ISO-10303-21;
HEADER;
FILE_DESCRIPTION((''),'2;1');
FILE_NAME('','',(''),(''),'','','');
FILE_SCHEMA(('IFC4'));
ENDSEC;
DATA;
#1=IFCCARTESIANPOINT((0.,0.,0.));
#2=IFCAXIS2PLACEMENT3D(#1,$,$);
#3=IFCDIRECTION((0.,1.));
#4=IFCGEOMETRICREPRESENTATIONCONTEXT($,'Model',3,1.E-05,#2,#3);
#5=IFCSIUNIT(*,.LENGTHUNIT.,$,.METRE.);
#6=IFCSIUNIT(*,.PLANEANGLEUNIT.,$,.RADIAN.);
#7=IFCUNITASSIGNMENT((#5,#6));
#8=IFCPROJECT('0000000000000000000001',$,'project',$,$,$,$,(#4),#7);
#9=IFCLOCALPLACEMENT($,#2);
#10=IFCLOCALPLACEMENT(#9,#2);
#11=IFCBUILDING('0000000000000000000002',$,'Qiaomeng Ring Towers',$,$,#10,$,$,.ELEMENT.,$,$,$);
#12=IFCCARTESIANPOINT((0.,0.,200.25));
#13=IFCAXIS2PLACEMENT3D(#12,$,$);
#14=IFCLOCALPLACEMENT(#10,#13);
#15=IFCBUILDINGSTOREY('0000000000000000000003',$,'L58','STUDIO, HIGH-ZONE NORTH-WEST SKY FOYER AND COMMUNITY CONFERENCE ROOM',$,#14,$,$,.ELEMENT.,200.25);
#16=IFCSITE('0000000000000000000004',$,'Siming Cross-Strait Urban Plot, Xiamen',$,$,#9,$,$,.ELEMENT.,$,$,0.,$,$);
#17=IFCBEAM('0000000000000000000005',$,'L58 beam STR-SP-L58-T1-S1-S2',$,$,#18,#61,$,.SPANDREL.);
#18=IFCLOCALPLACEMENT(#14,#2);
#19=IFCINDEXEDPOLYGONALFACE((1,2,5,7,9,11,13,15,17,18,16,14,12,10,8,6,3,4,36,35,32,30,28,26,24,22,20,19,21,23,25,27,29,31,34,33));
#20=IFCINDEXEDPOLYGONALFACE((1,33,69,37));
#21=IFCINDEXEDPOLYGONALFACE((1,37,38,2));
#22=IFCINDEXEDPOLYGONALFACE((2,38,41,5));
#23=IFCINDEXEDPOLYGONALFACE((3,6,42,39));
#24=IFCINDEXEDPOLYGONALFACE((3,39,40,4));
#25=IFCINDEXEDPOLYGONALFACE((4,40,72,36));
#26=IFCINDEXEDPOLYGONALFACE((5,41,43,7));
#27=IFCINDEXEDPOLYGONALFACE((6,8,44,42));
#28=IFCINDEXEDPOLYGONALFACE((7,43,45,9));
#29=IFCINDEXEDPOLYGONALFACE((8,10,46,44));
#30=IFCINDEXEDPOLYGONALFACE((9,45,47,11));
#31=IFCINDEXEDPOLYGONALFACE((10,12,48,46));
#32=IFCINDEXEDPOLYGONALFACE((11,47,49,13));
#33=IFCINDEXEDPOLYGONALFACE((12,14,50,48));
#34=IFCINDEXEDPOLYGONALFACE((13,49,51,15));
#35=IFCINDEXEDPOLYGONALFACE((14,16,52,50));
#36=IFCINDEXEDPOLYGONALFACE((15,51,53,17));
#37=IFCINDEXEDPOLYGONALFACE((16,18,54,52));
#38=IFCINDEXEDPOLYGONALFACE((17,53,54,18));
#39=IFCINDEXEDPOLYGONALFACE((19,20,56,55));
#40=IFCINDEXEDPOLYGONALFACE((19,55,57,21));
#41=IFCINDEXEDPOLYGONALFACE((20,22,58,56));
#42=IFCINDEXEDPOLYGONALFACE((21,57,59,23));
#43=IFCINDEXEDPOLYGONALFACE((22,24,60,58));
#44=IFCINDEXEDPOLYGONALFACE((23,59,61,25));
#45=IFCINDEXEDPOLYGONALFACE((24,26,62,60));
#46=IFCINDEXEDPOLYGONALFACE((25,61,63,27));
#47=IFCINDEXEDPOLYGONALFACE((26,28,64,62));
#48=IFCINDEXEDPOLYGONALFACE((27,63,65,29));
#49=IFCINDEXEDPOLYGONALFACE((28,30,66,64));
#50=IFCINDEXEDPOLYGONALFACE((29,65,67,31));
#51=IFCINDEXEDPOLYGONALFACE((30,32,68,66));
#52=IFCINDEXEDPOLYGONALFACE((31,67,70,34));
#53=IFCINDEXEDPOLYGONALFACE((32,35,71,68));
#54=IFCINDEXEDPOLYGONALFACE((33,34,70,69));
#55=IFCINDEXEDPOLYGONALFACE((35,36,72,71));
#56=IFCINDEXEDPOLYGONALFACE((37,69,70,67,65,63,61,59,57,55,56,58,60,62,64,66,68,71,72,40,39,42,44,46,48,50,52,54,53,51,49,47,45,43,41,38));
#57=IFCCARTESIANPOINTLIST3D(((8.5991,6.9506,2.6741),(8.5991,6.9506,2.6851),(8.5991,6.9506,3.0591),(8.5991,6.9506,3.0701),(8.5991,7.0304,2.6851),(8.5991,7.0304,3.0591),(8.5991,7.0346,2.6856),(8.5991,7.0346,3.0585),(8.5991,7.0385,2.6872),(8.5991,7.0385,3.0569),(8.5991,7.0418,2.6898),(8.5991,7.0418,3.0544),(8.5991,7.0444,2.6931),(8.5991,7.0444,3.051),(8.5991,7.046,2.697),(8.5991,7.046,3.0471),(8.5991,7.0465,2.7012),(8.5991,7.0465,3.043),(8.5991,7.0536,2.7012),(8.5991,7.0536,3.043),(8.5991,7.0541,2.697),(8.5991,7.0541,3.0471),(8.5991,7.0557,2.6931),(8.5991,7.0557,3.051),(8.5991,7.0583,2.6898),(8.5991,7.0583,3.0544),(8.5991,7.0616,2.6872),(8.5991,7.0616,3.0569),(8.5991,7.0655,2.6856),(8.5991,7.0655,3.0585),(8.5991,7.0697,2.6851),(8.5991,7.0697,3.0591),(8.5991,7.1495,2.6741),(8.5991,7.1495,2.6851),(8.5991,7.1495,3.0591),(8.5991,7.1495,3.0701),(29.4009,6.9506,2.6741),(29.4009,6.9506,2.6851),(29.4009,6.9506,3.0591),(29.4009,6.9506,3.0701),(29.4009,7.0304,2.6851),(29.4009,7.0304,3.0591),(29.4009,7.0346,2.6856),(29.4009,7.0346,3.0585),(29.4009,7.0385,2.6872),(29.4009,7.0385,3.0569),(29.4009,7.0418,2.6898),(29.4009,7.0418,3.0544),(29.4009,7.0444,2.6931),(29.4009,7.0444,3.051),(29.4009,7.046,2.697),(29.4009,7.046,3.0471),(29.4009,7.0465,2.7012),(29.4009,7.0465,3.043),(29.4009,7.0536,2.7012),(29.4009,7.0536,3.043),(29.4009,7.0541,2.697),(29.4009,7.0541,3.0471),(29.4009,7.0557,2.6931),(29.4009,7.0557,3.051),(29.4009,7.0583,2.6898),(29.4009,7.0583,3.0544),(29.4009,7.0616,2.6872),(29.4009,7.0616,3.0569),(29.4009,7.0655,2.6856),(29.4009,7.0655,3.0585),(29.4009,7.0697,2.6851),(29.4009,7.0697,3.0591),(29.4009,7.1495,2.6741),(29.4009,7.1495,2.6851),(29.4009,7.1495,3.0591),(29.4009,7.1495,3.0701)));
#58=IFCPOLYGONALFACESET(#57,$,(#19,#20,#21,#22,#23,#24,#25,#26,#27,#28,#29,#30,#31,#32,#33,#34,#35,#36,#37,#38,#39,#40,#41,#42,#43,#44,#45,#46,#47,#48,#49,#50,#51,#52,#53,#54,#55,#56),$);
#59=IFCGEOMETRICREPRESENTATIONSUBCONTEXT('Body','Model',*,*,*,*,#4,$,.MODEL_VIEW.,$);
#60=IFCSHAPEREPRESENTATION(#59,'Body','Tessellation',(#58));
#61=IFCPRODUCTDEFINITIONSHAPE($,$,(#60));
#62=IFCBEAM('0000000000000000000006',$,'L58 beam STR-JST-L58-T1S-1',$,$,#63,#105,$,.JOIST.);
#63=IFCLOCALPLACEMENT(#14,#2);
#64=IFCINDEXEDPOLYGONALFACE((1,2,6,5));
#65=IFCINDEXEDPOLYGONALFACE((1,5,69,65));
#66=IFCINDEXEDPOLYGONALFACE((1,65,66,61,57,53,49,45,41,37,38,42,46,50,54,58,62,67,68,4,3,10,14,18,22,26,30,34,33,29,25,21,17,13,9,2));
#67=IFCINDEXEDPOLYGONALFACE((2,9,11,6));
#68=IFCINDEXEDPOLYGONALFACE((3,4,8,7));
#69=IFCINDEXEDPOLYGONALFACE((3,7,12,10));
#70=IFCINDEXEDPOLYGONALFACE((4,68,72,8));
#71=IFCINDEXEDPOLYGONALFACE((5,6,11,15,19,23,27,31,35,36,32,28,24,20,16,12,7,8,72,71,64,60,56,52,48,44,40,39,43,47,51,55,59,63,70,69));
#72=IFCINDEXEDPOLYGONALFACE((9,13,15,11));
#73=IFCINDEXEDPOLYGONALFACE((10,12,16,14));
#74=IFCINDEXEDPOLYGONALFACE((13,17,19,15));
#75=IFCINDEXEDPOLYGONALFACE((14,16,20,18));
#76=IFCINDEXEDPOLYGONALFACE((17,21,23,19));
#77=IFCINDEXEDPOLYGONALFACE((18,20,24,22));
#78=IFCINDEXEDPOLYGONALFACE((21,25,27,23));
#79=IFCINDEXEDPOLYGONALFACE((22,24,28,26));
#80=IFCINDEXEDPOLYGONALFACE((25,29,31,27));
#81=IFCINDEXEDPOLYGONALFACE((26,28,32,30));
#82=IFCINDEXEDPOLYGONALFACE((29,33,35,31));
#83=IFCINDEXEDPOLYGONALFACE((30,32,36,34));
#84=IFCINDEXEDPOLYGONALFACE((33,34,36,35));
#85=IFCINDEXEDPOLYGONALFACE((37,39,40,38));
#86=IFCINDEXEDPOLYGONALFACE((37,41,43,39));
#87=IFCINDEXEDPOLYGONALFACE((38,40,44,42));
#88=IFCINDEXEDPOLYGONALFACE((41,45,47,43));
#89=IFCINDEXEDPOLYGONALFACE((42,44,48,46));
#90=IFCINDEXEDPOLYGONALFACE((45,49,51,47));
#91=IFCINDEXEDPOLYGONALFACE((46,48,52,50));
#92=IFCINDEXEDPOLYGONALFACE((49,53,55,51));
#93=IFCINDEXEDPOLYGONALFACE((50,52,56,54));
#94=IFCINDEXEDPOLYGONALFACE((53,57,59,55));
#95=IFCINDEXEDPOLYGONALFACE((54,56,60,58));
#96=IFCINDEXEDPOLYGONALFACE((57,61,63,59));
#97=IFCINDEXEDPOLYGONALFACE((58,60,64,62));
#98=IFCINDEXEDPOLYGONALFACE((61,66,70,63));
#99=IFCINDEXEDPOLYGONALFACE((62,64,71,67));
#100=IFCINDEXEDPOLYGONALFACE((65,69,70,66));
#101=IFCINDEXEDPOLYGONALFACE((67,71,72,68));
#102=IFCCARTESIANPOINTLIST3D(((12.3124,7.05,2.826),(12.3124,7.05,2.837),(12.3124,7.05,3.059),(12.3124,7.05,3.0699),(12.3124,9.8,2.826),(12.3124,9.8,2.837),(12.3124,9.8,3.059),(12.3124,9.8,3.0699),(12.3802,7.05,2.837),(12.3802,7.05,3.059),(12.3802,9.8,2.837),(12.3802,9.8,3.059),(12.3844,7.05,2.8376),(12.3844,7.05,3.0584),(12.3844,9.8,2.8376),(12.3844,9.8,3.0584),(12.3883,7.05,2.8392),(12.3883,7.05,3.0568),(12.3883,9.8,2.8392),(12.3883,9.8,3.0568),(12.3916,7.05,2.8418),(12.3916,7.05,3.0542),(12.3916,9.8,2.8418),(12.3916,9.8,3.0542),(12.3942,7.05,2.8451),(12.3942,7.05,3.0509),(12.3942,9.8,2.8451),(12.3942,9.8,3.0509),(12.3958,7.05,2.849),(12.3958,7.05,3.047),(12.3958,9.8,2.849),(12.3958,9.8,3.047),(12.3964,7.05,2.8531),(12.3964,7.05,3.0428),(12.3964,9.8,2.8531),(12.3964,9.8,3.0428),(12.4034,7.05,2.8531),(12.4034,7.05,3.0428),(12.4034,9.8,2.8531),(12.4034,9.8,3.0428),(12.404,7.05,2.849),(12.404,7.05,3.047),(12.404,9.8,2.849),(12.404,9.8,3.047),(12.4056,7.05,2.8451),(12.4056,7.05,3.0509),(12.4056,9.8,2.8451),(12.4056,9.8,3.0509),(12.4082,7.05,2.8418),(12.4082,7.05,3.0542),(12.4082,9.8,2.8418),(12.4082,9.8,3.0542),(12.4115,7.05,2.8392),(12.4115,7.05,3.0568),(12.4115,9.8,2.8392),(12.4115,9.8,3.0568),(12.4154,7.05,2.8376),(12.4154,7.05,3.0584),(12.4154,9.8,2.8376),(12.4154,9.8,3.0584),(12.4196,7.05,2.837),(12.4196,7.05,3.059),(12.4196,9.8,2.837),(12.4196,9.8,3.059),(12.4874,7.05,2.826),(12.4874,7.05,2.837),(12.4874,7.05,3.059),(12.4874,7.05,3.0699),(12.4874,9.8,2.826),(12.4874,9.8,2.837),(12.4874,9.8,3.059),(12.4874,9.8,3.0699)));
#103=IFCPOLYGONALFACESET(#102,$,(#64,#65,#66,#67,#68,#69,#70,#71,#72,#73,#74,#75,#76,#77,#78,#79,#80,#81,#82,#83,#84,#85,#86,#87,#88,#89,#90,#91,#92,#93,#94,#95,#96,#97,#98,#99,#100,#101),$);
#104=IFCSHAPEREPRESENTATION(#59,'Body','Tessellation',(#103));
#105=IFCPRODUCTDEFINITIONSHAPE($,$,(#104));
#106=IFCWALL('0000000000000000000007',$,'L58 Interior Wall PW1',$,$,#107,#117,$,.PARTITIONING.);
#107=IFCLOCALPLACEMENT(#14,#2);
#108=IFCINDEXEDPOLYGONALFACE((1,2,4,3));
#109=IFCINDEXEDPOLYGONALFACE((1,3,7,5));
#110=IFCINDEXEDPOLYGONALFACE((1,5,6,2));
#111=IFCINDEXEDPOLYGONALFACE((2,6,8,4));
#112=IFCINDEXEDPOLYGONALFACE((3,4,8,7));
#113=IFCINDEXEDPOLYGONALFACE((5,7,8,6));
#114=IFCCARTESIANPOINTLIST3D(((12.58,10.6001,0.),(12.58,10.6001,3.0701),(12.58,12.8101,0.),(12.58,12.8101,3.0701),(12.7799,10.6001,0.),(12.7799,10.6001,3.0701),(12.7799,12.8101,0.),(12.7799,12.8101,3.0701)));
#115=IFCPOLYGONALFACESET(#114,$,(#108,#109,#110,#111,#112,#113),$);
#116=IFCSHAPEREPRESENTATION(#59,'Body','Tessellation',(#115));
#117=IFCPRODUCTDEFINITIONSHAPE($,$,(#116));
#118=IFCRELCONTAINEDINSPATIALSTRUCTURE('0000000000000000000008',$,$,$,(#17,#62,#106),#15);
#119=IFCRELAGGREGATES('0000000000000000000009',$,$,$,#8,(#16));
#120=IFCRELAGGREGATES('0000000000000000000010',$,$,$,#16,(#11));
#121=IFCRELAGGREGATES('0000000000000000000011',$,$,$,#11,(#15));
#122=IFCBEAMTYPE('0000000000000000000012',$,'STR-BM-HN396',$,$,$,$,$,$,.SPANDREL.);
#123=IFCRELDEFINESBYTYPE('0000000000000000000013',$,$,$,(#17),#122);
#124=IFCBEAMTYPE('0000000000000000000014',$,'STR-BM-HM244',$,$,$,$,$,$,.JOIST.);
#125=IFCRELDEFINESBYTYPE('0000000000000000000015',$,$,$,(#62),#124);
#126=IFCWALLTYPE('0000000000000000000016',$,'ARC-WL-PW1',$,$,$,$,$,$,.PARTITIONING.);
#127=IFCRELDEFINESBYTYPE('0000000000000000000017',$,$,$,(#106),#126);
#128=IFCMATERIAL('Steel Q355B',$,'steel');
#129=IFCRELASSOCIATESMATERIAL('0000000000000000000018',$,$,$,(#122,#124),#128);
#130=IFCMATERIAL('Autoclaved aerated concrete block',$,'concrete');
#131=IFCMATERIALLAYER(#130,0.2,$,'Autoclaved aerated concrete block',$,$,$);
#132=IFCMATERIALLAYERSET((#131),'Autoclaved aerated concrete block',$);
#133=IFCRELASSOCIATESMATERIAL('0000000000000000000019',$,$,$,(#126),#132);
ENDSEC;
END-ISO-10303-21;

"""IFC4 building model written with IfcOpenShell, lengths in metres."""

from ifc_helpers import new_model, si_unit, direction, frame, frame_2d, origin, origin_2d, place, context, subcontext, project, spatial, rectangle, i_section, extrude, source, transform, mapped, material, layer, layer_set, material_profile, profile_set, type_object, element, save


model = new_model("IFC4")

# Units and contexts
model_context = context("Model", 3, precision=1e-05, world=origin(), true_north=direction((0.0, 1.0)))
body_context = subcontext(model_context, "Body", "Model", "MODEL_VIEW")
ifc_project = project(units=[si_unit("LENGTHUNIT", "METRE"), si_unit("PLANEANGLEUNIT", "RADIAN")], contexts=[model_context])

# Site, building, storey
site_placement = place(None, origin())
site = spatial("IfcSite", under=ifc_project, at=site_placement, Name="Siming Cross-Strait Urban Plot, Xiamen", CompositionType="ELEMENT", RefElevation=0.0)
building_placement = place(site_placement, origin())
building = spatial("IfcBuilding", under=site, at=building_placement, Name="Qiaomeng Ring Towers", CompositionType="ELEMENT")
storey_placement = place(building_placement, frame((0.0, 0.0, 200.25)))
storey = spatial("IfcBuildingStorey", under=building, at=storey_placement, Name="L58", Description="STUDIO, HIGH-ZONE NORTH-WEST SKY FOYER AND COMMUNITY CONFERENCE ROOM", CompositionType="ELEMENT", Elevation=200.25)

# Beams
ifc_material_1 = material(Name="Steel Q355B", Category="steel")
ifc_material_profile_1 = material_profile(ifc_material_1, i_section(OverallWidth=0.199, OverallDepth=0.396, WebThickness=0.0071, FlangeThickness=0.011, FilletRadius=0.0161, at=origin_2d()), Name="HN 396x199x7x11")
ifc_profile_set_1 = profile_set([ifc_material_profile_1], Name="Steel Q355B")
beam_type_1 = type_object("IfcBeamType", Name="STR-BM-HN396", PredefinedType="SPANDREL", material=ifc_profile_set_1)
shared_shape_1 = source(origin(), body_context, "Body", "SweptSolid", [
    extrude(i_section(OverallWidth=0.199, OverallDepth=0.396, WebThickness=0.0071, FlangeThickness=0.011, FilletRadius=0.0161, at=origin_2d()), origin(), (0.0, 0.0, 1.0), 20.8018),
])
beam_1_placement = place(storey_placement, frame((8.5991, 7.05, 2.8721), z_axis=(1.0, 0.0, 0.0), x_axis=(0.0, 1.0, 0.0)))
element("IfcBeam", 1, at=beam_1_placement, inside=storey, type_object=beam_type_1, Name="L58 beam STR-SP-L58-T1-S1-S2", PredefinedType="SPANDREL", context=body_context, shape_type="MappedRepresentation", body=[
    mapped(shared_shape_1, transform((0.0, 0.0, 0.0), x_axis=(1.0, 0.0, 0.0), y_axis=(0.0, 1.0, 0.0), z_axis=(0.0, 0.0, 1.0), scale=1.0)),
])
ifc_material_profile_2 = material_profile(ifc_material_1, i_section(OverallWidth=0.175, OverallDepth=0.2439, WebThickness=0.0071, FlangeThickness=0.011, FilletRadius=0.0161, at=origin_2d()), Name="HM 244x175x7x11")
ifc_profile_set_2 = profile_set([ifc_material_profile_2], Name="Steel Q355B")
beam_type_2 = type_object("IfcBeamType", Name="STR-BM-HM244", PredefinedType="JOIST", material=ifc_profile_set_2)
shared_shape_2 = source(origin(), body_context, "Body", "SweptSolid", [
    extrude(i_section(OverallWidth=0.175, OverallDepth=0.2439, WebThickness=0.0071, FlangeThickness=0.011, FilletRadius=0.0161, at=origin_2d()), origin(), (0.0, 0.0, 1.0), 2.75),
])
beam_2_placement = place(storey_placement, frame((12.3999, 7.05, 2.948), z_axis=(0.0, 1.0, 0.0), x_axis=(-1.0, 0.0, 0.0)))
element("IfcBeam", 2, at=beam_2_placement, inside=storey, type_object=beam_type_2, Name="L58 beam STR-JST-L58-T1S-1", PredefinedType="JOIST", context=body_context, shape_type="MappedRepresentation", body=[
    mapped(shared_shape_2, transform((0.0, 0.0, 0.0), x_axis=(1.0, 0.0, 0.0), y_axis=(0.0, 1.0, 0.0), z_axis=(0.0, 0.0, 1.0), scale=1.0)),
])

# Wall
ifc_material_2 = material(Name="Autoclaved aerated concrete block", Category="concrete")
ifc_layer_1 = layer(ifc_material_2, 0.2, Name="Autoclaved aerated concrete block")
ifc_layer_set_1 = layer_set([ifc_layer_1], Name="Autoclaved aerated concrete block")
wall_type_1 = type_object("IfcWallType", Name="ARC-WL-PW1", PredefinedType="PARTITIONING", material=ifc_layer_set_1)
wall_1_placement = place(storey_placement, frame((12.6799, 10.6001, 0.0), z_axis=(0.0, 0.0, 1.0), x_axis=(0.0, 1.0, 0.0)))
element("IfcWall", 3, at=wall_1_placement, inside=storey, type_object=wall_type_1, Name="L58 Interior Wall PW1", PredefinedType="PARTITIONING", context=body_context, shape_type="SweptSolid", body=[
    extrude(rectangle(XDim=2.21, YDim=0.2, at=frame_2d((1.105, 0.0))), origin(), (0.0, 0.0, 1.0), 3.0701),
])

save(model, "model.ifc")
